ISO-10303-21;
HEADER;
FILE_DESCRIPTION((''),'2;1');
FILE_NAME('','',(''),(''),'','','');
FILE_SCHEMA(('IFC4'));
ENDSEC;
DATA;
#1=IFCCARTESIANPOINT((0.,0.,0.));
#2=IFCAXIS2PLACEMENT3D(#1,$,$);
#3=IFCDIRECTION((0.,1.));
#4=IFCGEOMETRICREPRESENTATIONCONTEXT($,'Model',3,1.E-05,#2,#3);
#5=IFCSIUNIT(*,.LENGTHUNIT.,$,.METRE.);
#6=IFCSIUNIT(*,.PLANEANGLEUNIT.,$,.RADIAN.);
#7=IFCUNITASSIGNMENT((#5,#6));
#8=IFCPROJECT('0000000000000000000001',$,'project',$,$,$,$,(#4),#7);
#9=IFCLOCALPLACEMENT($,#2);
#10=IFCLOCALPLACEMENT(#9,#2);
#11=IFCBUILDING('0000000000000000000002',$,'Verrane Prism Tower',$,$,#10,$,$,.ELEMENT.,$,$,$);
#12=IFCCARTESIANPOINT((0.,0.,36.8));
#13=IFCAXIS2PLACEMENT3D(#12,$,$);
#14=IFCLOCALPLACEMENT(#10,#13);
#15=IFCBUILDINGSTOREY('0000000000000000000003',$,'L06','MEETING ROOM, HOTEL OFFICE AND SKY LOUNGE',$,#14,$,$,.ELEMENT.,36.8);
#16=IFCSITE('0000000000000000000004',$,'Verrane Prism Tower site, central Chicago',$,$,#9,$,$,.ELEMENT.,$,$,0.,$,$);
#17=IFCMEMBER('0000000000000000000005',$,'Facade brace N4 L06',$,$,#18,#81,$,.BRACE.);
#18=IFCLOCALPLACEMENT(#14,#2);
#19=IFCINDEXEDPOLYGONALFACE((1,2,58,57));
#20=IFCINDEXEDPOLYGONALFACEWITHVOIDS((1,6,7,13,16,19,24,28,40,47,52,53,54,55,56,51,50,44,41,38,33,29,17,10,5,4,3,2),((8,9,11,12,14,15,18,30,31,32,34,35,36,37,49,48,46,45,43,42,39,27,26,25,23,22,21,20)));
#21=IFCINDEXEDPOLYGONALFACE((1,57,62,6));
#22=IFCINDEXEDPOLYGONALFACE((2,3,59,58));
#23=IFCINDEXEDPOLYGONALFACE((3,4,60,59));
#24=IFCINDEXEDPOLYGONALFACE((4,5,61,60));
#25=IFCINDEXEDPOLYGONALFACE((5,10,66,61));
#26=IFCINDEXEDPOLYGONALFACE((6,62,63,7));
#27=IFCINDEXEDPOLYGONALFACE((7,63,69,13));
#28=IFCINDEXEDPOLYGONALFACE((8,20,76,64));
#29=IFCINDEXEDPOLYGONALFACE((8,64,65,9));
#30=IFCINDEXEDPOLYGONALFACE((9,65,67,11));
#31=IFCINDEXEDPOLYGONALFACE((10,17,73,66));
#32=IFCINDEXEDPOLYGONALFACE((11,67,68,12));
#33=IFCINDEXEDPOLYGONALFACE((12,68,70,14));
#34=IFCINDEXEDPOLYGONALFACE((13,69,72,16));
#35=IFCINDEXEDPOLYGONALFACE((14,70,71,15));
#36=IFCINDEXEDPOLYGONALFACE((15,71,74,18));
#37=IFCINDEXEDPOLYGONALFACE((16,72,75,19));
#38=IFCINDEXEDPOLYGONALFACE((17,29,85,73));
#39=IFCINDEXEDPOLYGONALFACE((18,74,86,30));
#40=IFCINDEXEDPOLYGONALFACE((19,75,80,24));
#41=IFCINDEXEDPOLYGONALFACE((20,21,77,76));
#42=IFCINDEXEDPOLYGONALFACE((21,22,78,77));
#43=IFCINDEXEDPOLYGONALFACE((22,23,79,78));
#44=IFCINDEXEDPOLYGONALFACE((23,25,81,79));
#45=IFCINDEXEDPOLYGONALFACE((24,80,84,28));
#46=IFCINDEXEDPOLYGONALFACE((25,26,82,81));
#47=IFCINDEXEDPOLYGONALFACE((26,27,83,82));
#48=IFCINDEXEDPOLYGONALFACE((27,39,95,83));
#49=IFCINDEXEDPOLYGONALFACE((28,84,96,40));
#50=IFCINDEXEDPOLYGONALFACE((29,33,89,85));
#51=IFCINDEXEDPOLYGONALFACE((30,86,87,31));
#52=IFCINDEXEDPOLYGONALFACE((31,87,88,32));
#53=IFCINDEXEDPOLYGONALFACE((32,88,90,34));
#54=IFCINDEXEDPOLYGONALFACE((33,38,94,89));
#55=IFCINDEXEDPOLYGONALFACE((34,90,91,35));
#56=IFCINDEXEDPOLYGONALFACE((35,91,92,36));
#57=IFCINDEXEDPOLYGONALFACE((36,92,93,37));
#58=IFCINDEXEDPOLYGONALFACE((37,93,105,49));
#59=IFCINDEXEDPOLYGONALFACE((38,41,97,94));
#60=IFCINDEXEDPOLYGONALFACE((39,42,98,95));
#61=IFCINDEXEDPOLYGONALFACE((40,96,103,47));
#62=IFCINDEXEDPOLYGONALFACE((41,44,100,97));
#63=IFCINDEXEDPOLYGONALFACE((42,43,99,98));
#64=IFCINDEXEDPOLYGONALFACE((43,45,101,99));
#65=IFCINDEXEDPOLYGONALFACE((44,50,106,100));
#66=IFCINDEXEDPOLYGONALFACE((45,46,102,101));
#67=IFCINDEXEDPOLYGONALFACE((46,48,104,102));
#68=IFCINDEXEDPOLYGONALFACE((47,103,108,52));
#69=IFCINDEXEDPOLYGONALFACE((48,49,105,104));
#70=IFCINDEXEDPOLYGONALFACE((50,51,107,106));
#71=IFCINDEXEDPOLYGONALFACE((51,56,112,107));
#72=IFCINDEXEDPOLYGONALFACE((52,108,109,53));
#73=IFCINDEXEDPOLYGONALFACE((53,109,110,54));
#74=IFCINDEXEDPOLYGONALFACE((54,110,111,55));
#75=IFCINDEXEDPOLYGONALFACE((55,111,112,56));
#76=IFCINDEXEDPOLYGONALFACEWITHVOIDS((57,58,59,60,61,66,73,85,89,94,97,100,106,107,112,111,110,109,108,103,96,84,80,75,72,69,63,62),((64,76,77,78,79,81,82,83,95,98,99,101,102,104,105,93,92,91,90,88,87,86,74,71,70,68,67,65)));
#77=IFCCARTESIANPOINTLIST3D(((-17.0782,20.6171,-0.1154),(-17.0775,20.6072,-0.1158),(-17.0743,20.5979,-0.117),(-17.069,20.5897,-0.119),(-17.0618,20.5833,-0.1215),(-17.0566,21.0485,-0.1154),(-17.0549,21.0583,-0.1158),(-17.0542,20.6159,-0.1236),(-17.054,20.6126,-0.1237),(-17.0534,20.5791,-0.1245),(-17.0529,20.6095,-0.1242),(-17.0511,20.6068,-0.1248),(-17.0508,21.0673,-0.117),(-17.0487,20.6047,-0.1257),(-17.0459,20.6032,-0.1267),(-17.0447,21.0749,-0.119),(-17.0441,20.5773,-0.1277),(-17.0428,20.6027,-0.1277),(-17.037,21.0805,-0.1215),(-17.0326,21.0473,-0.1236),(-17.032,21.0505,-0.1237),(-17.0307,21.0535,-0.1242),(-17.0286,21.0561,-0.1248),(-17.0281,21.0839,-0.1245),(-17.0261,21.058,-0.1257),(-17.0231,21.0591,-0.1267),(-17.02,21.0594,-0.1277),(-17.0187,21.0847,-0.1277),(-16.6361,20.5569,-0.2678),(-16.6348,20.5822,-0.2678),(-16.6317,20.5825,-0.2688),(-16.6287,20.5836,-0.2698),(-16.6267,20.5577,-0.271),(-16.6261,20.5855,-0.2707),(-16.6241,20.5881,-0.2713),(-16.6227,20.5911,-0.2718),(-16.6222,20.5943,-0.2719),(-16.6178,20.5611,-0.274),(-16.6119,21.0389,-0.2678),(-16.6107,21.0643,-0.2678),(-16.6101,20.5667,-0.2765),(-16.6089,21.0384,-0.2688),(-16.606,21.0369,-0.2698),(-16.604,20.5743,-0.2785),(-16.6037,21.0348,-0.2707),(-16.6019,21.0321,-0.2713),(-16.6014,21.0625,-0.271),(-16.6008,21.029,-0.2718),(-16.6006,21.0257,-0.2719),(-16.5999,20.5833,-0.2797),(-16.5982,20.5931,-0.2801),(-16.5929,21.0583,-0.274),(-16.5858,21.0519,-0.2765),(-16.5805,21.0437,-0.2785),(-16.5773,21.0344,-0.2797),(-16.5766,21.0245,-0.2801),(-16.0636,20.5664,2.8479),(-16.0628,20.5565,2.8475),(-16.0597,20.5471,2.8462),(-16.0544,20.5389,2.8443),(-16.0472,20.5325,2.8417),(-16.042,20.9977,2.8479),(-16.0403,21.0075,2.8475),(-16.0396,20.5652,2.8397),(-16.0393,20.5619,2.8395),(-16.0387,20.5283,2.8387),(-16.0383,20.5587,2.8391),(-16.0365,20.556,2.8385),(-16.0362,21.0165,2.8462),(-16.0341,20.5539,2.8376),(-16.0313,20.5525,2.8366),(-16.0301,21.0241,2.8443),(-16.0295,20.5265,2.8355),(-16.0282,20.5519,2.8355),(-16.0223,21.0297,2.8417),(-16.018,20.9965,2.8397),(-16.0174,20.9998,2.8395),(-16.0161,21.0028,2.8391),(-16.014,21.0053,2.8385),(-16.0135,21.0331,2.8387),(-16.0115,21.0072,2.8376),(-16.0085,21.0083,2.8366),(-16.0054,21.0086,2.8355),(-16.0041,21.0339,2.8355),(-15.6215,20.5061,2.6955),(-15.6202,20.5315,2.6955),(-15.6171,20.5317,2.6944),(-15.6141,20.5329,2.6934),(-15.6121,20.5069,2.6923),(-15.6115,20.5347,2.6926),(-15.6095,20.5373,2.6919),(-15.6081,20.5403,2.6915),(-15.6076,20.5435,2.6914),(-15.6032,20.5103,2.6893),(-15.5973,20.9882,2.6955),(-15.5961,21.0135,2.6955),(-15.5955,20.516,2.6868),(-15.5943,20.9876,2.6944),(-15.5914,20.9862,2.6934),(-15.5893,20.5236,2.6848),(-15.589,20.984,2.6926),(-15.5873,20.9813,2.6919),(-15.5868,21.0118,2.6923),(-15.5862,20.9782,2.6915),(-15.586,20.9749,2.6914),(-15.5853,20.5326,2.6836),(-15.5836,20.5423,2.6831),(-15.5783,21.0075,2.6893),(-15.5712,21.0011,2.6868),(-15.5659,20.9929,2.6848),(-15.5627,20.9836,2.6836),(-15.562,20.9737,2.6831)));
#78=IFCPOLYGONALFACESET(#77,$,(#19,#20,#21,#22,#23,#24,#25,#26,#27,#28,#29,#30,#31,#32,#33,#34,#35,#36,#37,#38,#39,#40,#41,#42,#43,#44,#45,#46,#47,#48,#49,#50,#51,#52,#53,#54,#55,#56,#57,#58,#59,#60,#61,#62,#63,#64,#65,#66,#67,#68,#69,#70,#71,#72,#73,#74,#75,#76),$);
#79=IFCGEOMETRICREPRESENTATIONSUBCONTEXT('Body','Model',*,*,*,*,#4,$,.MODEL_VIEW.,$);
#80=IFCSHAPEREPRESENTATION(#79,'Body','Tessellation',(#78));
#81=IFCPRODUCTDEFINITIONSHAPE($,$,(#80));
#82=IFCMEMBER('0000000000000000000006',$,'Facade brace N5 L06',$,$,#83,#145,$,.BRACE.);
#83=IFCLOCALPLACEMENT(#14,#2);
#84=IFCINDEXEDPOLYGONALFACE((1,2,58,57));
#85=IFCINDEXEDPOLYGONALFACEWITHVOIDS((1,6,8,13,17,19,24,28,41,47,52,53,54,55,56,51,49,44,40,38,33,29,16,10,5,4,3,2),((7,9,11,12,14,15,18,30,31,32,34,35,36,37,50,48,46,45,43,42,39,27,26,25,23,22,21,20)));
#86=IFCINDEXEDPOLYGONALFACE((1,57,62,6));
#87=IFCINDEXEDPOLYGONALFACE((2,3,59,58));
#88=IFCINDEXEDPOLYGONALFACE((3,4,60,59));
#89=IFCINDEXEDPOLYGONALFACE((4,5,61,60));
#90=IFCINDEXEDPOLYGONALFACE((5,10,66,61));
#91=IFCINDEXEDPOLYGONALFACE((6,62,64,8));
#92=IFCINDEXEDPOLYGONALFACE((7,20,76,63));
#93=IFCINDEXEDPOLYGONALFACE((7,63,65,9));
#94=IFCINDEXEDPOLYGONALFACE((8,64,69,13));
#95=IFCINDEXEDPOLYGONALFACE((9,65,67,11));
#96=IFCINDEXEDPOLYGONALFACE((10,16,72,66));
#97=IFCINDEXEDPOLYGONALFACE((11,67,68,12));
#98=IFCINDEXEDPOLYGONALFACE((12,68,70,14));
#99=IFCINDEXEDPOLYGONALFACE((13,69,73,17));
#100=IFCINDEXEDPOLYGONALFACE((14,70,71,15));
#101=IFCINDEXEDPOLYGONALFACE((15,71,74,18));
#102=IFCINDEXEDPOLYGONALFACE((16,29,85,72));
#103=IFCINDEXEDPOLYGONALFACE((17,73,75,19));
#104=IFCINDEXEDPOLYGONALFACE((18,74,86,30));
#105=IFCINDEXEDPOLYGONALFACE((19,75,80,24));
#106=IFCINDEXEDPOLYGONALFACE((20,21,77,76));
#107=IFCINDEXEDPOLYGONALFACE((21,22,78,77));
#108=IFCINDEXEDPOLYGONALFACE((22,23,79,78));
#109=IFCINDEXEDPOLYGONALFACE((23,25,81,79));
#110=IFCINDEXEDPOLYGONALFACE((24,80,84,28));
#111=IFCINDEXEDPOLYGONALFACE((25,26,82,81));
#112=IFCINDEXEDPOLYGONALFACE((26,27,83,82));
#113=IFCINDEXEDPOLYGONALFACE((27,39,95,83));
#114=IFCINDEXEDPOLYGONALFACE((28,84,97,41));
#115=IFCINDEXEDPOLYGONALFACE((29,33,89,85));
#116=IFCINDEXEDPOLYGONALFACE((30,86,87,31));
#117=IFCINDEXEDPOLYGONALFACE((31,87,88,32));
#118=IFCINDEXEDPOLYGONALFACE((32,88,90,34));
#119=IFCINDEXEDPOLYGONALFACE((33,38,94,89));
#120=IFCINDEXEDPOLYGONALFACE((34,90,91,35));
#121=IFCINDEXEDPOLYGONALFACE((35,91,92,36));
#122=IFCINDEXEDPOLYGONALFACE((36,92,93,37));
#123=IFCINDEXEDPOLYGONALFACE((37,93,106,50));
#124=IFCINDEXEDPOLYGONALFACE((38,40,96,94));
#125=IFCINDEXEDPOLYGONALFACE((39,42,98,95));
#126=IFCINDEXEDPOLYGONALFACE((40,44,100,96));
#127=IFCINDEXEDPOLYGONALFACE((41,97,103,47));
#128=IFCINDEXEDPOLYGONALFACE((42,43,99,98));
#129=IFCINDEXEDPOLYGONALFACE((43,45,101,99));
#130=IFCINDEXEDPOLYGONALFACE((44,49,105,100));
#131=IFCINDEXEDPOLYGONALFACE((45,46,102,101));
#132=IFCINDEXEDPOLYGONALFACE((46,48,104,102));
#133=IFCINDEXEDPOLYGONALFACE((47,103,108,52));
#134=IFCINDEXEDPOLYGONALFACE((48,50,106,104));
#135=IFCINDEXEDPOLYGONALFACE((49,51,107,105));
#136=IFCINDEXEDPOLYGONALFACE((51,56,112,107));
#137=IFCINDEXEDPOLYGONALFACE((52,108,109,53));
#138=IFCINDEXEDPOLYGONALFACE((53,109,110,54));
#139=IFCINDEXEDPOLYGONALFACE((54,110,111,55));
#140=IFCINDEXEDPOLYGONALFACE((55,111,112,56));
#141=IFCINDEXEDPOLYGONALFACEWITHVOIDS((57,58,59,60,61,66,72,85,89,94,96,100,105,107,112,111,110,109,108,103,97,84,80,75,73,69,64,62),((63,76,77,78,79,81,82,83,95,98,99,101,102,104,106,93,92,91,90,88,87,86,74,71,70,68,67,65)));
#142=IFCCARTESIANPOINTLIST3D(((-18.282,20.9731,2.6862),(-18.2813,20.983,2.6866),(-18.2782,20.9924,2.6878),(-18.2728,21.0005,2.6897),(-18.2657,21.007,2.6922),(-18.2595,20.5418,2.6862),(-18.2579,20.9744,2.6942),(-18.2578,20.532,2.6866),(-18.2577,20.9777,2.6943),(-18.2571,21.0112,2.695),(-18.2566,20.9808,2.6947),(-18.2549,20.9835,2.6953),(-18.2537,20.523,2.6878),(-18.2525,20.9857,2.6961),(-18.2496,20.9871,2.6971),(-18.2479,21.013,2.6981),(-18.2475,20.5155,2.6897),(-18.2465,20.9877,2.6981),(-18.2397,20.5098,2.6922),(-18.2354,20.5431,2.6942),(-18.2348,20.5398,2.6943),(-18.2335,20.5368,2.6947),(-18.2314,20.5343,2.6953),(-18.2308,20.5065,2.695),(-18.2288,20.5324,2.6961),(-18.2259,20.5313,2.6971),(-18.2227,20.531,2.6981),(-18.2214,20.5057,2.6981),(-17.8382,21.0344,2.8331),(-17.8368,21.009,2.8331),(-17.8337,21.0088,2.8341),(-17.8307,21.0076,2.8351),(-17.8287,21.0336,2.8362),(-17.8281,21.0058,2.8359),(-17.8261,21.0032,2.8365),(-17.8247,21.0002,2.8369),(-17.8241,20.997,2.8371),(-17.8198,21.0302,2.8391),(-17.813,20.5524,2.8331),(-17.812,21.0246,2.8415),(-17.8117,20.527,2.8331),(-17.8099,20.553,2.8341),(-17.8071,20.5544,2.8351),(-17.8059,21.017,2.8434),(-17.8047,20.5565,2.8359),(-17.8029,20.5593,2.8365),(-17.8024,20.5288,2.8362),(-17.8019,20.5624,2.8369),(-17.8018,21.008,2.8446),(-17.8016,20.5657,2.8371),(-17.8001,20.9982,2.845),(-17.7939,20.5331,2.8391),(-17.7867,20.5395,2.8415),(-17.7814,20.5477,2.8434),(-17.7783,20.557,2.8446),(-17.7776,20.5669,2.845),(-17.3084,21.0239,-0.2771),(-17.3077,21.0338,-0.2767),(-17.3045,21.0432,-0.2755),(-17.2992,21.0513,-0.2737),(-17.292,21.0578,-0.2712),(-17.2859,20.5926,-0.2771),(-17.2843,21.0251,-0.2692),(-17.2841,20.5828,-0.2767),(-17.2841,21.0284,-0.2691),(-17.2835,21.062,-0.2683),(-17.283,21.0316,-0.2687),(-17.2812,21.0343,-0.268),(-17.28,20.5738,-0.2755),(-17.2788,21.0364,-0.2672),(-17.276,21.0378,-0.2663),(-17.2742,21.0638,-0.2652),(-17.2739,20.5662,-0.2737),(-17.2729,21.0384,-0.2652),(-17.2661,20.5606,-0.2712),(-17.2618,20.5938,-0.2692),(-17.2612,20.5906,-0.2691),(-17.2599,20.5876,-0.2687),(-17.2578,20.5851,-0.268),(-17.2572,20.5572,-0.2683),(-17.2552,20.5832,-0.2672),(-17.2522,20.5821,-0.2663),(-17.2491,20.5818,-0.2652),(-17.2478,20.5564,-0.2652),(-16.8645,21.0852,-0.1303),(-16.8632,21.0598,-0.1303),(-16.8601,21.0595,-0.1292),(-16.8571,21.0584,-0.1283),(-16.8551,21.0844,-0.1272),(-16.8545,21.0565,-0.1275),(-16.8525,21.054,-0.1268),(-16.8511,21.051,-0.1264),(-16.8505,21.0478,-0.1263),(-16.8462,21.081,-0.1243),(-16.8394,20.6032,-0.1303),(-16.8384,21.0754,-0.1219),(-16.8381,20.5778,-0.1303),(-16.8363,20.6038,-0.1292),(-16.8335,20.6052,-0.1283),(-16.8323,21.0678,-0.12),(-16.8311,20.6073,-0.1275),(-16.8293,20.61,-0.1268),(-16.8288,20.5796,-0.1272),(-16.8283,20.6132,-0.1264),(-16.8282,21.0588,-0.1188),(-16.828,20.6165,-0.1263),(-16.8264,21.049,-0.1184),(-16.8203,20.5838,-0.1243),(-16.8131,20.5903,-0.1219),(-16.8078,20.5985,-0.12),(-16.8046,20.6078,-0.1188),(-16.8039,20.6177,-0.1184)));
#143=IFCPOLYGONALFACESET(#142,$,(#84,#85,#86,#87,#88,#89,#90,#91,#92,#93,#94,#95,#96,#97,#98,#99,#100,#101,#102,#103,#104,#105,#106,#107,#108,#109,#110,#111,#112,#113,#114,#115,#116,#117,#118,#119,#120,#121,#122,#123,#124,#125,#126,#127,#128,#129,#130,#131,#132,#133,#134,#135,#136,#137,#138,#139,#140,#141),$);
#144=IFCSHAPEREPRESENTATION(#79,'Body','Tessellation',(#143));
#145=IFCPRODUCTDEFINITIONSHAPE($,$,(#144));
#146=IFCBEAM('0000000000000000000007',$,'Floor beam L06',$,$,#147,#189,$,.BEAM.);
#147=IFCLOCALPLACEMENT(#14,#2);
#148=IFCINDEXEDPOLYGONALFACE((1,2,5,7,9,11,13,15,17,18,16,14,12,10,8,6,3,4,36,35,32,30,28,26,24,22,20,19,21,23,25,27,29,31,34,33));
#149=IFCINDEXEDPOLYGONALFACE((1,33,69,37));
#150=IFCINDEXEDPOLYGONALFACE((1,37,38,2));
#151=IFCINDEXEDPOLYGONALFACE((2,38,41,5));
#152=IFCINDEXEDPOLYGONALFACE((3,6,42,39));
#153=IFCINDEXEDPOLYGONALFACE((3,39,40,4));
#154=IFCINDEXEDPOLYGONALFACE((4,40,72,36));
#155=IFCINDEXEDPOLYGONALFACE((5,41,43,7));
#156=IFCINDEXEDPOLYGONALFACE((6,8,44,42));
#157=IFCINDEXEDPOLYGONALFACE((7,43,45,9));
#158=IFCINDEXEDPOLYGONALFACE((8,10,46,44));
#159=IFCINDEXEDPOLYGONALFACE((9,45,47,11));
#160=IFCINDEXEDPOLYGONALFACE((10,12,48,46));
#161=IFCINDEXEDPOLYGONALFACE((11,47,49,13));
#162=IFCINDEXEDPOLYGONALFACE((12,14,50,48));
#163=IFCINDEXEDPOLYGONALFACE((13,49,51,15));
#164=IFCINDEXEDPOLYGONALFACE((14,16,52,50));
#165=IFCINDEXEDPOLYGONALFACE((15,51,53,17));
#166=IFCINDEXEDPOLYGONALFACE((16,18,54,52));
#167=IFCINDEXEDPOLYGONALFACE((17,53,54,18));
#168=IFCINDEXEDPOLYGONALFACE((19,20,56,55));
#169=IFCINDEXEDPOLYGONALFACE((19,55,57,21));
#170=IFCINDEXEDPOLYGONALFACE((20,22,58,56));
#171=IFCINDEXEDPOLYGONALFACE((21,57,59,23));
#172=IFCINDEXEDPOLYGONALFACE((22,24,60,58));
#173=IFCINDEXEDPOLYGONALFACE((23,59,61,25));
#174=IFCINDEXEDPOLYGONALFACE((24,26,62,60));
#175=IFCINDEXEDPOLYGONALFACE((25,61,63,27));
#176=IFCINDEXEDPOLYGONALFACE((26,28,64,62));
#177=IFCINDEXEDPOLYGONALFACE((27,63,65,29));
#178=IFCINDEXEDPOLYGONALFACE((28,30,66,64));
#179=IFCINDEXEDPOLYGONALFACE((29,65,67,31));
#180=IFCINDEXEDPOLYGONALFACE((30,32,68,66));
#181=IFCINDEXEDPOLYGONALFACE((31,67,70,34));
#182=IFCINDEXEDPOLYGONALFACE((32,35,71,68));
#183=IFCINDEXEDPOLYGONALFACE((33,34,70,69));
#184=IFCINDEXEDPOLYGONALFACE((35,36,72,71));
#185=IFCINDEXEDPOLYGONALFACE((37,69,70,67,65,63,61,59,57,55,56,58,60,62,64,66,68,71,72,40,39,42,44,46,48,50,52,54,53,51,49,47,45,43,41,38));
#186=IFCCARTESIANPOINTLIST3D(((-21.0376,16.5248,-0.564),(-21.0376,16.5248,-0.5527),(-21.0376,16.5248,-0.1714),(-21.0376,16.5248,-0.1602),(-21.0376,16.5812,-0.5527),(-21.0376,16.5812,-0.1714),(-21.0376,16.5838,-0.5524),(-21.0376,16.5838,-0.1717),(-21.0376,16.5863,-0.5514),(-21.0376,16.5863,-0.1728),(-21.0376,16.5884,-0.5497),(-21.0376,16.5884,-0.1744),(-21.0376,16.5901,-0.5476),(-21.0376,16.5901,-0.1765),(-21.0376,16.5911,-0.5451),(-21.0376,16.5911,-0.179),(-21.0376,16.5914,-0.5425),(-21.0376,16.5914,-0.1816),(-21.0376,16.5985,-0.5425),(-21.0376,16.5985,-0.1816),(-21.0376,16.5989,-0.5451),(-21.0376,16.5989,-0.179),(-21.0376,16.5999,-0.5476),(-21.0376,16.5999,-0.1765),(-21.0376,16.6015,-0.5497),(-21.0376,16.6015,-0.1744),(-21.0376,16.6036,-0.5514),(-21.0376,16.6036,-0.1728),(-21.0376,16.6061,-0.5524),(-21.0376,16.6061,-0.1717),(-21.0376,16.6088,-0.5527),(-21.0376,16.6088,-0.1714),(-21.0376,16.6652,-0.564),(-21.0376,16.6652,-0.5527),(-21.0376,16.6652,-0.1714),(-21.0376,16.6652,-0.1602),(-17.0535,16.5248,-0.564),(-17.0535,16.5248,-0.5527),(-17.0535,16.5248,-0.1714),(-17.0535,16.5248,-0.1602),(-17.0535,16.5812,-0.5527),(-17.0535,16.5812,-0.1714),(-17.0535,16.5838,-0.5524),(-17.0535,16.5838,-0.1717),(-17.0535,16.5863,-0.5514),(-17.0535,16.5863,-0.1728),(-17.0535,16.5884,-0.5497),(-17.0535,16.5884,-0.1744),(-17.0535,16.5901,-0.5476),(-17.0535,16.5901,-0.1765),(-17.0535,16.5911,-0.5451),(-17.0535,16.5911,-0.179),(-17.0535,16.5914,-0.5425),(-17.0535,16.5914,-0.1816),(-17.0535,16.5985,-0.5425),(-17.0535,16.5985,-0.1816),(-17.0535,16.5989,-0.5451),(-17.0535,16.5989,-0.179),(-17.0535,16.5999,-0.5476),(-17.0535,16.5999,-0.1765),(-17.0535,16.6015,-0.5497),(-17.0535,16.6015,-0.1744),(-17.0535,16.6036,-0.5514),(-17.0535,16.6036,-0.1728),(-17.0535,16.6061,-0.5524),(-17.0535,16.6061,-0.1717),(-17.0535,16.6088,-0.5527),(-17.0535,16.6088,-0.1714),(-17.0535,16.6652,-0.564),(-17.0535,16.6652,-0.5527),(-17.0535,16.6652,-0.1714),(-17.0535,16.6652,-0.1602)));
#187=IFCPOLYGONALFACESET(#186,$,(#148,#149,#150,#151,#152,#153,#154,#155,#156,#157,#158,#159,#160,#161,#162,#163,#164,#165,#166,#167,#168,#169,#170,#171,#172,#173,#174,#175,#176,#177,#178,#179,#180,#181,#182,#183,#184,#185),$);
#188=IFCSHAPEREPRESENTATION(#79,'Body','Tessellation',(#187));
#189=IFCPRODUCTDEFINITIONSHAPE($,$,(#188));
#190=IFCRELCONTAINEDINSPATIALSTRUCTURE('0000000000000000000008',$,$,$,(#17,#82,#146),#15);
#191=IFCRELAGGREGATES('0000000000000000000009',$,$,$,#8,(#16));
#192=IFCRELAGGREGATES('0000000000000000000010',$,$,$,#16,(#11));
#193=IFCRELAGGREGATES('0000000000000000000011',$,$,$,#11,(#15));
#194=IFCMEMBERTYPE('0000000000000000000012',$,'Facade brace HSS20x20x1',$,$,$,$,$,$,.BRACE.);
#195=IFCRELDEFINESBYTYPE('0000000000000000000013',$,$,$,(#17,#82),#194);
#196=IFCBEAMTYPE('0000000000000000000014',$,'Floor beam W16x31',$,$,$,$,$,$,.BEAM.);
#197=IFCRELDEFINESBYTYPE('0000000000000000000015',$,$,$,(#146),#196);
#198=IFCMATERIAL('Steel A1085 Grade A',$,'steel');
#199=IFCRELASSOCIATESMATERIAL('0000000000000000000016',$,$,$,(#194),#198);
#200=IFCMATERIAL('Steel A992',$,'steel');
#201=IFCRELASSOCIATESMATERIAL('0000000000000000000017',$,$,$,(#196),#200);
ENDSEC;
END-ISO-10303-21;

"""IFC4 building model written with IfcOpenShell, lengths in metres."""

from ifc_helpers import new_model, si_unit, direction, frame, origin, origin_2d, place, context, subcontext, project, spatial, hollow_rectangle, i_section, extrude, material, material_profile, profile_set, type_object, element, save


model = new_model("IFC4")

# Units and contexts
model_context = context("Model", 3, precision=1e-05, world=origin(), true_north=direction((0.0, 1.0)))
body_context = subcontext(model_context, "Body", "Model", "MODEL_VIEW")
ifc_project = project(units=[si_unit("LENGTHUNIT", "METRE"), si_unit("PLANEANGLEUNIT", "RADIAN")], contexts=[model_context])

# Site, building, storey
site_placement = place(None, origin())
site = spatial("IfcSite", under=ifc_project, at=site_placement, Name="Verrane Prism Tower site, central Chicago", CompositionType="ELEMENT", RefElevation=0.0)
building_placement = place(site_placement, origin())
building = spatial("IfcBuilding", under=site, at=building_placement, Name="Verrane Prism Tower", CompositionType="ELEMENT")
storey_placement = place(building_placement, frame((0.0, 0.0, 36.8)))
storey = spatial("IfcBuildingStorey", under=building, at=storey_placement, Name="L06", Description="MEETING ROOM, HOTEL OFFICE AND SKY LOUNGE", CompositionType="ELEMENT", Elevation=36.8)

# Members
ifc_material_1 = material(Name="Steel A1085 Grade A", Category="steel")
ifc_material_profile_1 = material_profile(ifc_material_1, hollow_rectangle(XDim=0.5081, YDim=0.5081, WallThickness=0.0254, InnerFilletRadius=0.0127, OuterFilletRadius=0.0381, at=origin_2d()), Name="HSS20x20x1")
ifc_profile_set_1 = profile_set([ifc_material_profile_1], Name="Steel A1085 Grade A")
member_type_1 = type_object("IfcMemberType", Name="Facade brace HSS20x20x1", PredefinedType="BRACE", material=ifc_profile_set_1)
member_1_placement = place(storey_placement, frame((-16.8274, 20.8208, -0.1978), z_axis=(0.323891, -0.01621, 0.945955), x_axis=(0.049986, 0.99875, 0.0)))
element("IfcMember", 1, at=member_1_placement, inside=storey, type_object=member_type_1, Name="Facade brace N4 L06", PredefinedType="BRACE", context=body_context, shape_type="SweptSolid", body=[
    extrude(hollow_rectangle(XDim=0.5081, YDim=0.5081, WallThickness=0.0254, InnerFilletRadius=0.0127, OuterFilletRadius=0.0381, at=origin_2d()), origin(), (0.0, 0.0, 1.0), 3.1326),
])
member_2_placement = place(storey_placement, frame((-17.0562, 20.8208, -0.1978), z_axis=(-0.312098, -0.016278, 0.949911), x_axis=(0.052086, -0.998643, 0.0)))
element("IfcMember", 2, at=member_2_placement, inside=storey, type_object=member_type_1, Name="Facade brace N5 L06", PredefinedType="BRACE", context=body_context, shape_type="SweptSolid", body=[
    extrude(hollow_rectangle(XDim=0.5081, YDim=0.5081, WallThickness=0.0254, InnerFilletRadius=0.0127, OuterFilletRadius=0.0381, at=origin_2d()), origin(), (0.0, 0.0, 1.0), 3.1196),
])

# Beam
ifc_material_2 = material(Name="Steel A992", Category="steel")
ifc_material_profile_2 = material_profile(ifc_material_2, i_section(OverallWidth=0.1404, OverallDepth=0.4038, WebThickness=0.0071, FlangeThickness=0.0112, FilletRadius=0.0103, at=origin_2d()), Name="W16x31")
ifc_profile_set_2 = profile_set([ifc_material_profile_2], Name="Steel A992")
beam_type_1 = type_object("IfcBeamType", Name="Floor beam W16x31", PredefinedType="BEAM", material=ifc_profile_set_2)
beam_1_placement = place(storey_placement, frame((-21.0376, 16.595, -0.3621), z_axis=(1.0, 0.0, 0.0), x_axis=(0.0, 1.0, 0.0)))
element("IfcBeam", 3, at=beam_1_placement, inside=storey, type_object=beam_type_1, Name="Floor beam L06", PredefinedType="BEAM", context=body_context, shape_type="SweptSolid", body=[
    extrude(i_section(OverallWidth=0.1404, OverallDepth=0.4038, WebThickness=0.0071, FlangeThickness=0.0112, FilletRadius=0.0103, at=origin_2d()), origin(), (0.0, 0.0, 1.0), 3.9841),
])

save(model, "model.ifc")
